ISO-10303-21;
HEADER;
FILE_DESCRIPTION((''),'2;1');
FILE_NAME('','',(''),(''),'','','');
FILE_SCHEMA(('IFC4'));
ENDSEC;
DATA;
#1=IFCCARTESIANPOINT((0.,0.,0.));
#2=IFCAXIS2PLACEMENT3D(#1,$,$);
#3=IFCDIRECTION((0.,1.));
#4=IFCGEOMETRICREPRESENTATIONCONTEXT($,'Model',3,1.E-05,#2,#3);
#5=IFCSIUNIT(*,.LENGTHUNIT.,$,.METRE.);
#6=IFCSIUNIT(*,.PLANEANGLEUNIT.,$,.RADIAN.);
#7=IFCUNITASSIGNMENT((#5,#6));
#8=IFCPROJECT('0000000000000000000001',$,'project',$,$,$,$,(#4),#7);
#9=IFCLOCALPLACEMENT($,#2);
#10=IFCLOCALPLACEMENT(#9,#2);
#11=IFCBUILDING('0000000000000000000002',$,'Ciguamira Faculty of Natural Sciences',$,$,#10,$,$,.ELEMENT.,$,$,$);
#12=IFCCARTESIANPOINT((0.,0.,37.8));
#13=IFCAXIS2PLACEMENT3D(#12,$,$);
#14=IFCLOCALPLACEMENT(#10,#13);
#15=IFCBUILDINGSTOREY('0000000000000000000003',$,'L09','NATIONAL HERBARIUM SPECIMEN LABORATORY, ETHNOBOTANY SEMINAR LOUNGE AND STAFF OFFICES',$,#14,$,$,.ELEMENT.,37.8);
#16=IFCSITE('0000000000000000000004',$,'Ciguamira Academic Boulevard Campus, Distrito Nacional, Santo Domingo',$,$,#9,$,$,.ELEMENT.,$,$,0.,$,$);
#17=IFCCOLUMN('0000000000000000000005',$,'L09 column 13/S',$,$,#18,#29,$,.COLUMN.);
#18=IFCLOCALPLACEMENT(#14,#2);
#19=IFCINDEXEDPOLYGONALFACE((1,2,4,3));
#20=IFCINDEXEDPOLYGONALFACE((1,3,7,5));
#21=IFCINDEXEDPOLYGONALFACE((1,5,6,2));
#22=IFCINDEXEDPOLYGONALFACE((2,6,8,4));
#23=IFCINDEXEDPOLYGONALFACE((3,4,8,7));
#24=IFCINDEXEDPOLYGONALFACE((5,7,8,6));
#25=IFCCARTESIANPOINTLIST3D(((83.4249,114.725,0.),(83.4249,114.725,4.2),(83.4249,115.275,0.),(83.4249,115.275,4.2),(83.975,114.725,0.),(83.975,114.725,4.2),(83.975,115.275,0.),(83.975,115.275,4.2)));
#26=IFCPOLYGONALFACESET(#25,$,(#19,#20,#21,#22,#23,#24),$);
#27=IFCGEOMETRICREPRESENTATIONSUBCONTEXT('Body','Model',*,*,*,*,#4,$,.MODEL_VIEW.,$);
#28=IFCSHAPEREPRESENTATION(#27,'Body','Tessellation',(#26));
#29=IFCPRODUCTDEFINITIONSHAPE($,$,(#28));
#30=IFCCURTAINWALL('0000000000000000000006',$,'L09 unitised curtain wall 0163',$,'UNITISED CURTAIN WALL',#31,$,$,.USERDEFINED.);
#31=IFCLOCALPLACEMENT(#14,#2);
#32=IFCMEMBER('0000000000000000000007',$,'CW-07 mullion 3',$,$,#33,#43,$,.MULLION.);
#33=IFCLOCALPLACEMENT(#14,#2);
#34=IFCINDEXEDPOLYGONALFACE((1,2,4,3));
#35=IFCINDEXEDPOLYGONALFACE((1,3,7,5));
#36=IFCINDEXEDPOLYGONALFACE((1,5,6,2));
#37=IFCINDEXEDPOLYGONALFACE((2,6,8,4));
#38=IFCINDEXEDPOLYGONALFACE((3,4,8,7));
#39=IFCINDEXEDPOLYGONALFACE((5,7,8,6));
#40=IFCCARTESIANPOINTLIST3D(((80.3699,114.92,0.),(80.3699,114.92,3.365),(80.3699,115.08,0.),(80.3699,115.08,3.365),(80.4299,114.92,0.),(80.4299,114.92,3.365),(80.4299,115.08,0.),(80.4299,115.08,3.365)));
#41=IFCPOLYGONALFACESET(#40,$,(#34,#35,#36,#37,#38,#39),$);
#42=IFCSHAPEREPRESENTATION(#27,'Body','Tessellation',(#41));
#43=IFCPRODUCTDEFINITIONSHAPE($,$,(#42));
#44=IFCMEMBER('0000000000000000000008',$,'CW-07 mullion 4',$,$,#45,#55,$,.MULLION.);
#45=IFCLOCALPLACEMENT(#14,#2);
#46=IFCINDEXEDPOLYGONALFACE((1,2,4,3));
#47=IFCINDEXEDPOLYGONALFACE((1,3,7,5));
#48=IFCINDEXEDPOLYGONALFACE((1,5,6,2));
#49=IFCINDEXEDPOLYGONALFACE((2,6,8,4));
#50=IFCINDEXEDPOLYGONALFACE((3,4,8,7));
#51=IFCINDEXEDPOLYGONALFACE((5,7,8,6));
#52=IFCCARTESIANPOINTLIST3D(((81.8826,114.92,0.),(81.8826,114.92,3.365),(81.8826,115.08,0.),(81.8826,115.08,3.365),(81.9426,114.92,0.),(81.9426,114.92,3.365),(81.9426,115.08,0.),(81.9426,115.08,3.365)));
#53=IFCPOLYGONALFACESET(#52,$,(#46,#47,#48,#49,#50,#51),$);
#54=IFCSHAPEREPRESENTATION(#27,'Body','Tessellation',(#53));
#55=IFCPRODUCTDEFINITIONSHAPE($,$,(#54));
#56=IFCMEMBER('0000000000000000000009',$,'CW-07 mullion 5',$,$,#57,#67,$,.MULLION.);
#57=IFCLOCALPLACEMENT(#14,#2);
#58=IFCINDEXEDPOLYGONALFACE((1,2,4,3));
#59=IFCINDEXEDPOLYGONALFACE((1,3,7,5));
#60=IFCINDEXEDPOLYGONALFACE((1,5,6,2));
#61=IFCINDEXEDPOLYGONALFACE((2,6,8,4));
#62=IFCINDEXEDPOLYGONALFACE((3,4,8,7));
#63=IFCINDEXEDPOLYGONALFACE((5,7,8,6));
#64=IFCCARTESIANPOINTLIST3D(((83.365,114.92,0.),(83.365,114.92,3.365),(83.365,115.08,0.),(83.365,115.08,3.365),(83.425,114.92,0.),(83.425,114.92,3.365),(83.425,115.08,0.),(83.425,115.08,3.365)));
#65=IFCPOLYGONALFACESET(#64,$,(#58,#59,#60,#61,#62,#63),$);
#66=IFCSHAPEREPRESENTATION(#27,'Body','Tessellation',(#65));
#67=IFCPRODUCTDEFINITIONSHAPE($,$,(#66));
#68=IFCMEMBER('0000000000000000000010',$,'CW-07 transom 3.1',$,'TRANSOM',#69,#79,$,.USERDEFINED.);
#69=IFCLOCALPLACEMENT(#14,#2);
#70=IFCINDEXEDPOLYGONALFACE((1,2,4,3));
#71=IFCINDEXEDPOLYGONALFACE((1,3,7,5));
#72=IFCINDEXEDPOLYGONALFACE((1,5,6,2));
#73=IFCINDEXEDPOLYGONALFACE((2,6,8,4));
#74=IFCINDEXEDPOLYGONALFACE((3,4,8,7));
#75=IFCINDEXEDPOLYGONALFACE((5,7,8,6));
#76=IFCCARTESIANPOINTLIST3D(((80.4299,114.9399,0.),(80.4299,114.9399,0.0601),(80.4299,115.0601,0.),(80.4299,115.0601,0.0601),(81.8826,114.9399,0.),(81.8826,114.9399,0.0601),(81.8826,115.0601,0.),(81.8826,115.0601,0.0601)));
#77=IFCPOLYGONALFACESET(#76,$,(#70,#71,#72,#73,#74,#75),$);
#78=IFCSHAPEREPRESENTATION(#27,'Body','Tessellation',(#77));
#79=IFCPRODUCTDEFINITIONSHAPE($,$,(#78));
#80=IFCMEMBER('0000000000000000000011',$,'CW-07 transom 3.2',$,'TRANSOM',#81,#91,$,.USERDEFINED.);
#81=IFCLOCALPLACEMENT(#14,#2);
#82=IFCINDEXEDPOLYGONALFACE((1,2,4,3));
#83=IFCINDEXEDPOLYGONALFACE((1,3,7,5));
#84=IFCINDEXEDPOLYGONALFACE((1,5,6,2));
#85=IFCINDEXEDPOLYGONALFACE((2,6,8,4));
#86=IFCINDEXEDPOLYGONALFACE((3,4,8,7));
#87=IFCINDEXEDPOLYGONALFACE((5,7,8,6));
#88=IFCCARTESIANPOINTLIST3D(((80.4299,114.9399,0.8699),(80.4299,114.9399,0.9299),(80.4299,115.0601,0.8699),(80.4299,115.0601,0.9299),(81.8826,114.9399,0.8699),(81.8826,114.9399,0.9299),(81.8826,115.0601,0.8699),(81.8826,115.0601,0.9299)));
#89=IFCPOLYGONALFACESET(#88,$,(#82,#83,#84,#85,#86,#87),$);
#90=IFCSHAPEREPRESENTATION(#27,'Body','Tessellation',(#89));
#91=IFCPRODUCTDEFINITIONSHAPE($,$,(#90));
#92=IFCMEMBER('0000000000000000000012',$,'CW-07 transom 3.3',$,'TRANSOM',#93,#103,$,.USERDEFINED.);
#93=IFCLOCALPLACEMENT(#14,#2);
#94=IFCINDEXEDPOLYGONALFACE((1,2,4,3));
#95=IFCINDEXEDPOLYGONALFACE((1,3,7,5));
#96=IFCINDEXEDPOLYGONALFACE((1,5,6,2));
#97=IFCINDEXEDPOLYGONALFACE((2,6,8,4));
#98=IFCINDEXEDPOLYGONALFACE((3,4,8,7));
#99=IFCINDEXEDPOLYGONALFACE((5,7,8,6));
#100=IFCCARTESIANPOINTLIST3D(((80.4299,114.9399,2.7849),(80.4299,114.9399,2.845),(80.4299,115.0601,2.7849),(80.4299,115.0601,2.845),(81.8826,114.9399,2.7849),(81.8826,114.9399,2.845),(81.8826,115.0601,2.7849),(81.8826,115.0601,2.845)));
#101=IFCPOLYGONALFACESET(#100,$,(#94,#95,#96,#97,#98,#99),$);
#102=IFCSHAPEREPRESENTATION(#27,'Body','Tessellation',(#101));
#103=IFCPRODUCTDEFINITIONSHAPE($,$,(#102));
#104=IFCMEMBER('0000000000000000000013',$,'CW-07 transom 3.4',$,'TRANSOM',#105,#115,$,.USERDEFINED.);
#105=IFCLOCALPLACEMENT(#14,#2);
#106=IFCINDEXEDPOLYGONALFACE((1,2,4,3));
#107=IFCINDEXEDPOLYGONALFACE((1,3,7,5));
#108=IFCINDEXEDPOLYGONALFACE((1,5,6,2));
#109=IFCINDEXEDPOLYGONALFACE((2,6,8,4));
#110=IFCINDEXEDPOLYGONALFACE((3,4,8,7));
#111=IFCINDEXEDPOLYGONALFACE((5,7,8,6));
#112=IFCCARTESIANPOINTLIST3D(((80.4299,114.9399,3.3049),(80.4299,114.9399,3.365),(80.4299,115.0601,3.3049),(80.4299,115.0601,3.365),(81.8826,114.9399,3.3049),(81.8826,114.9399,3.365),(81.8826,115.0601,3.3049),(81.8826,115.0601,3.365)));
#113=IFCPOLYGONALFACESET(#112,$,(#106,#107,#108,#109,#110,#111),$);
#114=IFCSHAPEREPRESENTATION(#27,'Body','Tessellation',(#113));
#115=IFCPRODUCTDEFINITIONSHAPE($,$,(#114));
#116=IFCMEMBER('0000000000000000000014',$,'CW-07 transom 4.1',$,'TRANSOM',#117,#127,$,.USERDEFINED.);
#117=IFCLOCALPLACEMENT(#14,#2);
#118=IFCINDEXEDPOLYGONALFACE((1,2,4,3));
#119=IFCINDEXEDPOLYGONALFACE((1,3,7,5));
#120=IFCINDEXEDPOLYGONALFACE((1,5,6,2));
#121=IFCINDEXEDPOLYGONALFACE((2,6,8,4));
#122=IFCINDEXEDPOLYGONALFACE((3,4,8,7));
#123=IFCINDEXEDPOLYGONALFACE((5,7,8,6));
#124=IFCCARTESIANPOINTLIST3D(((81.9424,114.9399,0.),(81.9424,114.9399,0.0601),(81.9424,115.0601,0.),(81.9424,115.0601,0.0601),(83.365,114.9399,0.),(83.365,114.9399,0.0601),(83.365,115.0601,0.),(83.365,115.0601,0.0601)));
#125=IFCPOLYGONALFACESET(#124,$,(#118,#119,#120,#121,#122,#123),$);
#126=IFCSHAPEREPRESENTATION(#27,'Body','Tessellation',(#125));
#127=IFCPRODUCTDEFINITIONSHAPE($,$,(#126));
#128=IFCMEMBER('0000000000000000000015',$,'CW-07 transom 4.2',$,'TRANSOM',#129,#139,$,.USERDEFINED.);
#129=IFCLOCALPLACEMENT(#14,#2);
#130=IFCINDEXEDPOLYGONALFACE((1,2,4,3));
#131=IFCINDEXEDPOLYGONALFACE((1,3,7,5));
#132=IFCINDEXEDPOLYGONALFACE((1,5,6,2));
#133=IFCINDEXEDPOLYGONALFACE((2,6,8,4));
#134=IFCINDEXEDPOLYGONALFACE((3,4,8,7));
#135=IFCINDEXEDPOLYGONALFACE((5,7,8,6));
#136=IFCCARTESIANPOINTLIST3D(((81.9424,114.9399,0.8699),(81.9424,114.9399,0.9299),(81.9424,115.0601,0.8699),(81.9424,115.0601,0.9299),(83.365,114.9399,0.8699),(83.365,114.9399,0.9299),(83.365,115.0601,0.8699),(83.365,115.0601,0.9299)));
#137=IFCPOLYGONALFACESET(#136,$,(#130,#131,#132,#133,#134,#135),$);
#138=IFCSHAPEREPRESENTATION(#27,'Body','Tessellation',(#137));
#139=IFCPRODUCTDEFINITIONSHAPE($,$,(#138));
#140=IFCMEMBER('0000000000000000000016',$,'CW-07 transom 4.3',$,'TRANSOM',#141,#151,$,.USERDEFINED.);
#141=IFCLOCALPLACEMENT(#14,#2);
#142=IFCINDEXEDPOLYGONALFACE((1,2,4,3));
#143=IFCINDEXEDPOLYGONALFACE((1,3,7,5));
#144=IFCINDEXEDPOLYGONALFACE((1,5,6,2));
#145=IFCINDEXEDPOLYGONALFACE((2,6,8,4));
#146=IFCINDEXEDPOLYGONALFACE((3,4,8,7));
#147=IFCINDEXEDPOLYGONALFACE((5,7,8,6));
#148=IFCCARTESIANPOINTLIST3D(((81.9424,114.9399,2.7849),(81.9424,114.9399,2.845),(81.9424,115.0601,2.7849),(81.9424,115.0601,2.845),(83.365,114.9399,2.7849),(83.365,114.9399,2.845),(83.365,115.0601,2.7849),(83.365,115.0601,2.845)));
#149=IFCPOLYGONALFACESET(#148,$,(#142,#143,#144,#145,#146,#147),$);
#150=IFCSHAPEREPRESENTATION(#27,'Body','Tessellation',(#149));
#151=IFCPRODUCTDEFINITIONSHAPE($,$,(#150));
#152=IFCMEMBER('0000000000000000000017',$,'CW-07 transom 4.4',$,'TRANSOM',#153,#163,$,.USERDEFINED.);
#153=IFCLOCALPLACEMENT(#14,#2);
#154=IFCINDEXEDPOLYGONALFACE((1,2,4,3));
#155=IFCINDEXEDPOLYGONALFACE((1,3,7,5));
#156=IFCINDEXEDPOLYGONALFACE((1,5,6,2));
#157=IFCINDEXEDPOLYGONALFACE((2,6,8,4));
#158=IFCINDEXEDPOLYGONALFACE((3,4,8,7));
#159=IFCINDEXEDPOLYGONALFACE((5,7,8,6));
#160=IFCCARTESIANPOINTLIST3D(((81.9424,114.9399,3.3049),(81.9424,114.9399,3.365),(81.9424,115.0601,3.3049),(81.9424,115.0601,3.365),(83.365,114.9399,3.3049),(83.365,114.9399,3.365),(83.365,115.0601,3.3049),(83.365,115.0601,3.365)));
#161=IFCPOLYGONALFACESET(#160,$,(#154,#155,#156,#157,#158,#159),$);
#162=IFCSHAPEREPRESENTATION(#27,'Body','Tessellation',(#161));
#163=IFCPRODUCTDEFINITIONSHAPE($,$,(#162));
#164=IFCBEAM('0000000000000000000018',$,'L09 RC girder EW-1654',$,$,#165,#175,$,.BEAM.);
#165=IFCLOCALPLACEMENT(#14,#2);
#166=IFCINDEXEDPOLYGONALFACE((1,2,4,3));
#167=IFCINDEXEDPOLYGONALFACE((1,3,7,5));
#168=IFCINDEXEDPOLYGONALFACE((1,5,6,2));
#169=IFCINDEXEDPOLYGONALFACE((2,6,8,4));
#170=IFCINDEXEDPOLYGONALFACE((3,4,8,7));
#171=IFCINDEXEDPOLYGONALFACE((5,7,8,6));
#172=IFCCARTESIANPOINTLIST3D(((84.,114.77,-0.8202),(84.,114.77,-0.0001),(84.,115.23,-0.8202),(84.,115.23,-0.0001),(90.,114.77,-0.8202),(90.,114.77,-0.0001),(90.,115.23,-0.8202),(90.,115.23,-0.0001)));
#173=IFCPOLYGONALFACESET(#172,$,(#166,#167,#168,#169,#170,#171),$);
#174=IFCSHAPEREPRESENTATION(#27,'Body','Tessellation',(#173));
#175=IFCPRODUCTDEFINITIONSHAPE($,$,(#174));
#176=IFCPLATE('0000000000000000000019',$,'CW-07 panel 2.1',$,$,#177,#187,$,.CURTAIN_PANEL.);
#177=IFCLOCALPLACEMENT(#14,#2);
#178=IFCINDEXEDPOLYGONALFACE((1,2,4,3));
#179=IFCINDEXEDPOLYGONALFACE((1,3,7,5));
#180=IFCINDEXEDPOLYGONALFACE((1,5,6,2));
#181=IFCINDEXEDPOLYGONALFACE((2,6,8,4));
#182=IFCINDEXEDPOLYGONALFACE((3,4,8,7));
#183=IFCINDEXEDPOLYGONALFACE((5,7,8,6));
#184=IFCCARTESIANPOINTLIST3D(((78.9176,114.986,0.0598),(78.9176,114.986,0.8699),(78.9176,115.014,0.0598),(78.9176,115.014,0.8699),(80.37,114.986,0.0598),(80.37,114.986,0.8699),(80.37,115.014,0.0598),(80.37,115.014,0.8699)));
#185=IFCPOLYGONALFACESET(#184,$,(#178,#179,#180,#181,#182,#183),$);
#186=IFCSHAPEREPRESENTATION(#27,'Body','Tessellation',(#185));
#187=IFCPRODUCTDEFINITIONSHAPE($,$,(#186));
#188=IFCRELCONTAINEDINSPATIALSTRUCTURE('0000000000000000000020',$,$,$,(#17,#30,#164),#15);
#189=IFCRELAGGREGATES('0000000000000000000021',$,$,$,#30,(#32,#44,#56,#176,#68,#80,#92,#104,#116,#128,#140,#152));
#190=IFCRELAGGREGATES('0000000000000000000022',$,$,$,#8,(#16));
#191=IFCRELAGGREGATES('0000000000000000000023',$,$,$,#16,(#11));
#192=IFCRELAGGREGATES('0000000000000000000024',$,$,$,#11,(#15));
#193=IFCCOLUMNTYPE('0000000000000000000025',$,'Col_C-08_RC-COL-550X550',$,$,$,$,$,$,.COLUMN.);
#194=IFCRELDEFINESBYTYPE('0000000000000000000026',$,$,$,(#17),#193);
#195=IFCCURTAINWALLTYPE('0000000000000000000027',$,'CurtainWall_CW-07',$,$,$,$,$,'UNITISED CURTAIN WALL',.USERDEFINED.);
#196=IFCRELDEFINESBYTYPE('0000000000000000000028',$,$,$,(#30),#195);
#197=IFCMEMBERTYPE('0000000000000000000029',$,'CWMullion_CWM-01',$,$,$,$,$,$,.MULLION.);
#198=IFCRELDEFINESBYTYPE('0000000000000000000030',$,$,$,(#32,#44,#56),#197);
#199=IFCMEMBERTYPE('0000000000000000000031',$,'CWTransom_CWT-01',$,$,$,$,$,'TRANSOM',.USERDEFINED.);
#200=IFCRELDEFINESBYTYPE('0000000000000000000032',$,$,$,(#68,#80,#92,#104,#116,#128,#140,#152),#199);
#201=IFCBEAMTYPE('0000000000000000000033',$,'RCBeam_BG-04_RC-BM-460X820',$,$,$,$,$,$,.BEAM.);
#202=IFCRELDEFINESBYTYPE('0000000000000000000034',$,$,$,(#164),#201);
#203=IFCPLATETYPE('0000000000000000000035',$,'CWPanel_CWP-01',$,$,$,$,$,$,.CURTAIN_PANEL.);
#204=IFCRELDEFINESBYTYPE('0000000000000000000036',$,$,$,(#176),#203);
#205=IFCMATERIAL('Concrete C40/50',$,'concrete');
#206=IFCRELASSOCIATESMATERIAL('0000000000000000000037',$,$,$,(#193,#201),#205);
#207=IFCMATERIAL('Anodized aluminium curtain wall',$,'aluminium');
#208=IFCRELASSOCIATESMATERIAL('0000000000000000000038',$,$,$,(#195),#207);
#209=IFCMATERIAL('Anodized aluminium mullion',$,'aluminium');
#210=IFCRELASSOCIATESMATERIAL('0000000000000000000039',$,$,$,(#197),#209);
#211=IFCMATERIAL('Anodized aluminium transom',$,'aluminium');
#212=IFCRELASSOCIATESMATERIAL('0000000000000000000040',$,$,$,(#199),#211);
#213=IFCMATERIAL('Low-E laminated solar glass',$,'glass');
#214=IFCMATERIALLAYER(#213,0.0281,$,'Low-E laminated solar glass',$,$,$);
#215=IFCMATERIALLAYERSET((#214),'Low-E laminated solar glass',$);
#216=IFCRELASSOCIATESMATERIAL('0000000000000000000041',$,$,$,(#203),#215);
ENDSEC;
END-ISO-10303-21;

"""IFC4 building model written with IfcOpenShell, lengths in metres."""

from ifc_helpers import new_model, si_unit, direction, frame, origin, origin_2d, place, context, subcontext, project, spatial, rectangle, extrude, material, layer, layer_set, material_profile, profile_set, type_object, element, aggregate, save


model = new_model("IFC4")

# Units and contexts
model_context = context("Model", 3, precision=1e-05, world=origin(), true_north=direction((0.0, 1.0)))
body_context = subcontext(model_context, "Body", "Model", "MODEL_VIEW")
ifc_project = project(units=[si_unit("LENGTHUNIT", "METRE"), si_unit("PLANEANGLEUNIT", "RADIAN")], contexts=[model_context])

# Site, building, storey
site_placement = place(None, origin())
site = spatial("IfcSite", under=ifc_project, at=site_placement, Name="Ciguamira Academic Boulevard Campus, Distrito Nacional, Santo Domingo", CompositionType="ELEMENT", RefElevation=0.0)
building_placement = place(site_placement, origin())
building = spatial("IfcBuilding", under=site, at=building_placement, Name="Ciguamira Faculty of Natural Sciences", CompositionType="ELEMENT")
storey_placement = place(building_placement, frame((0.0, 0.0, 37.8)))
storey = spatial("IfcBuildingStorey", under=building, at=storey_placement, Name="L09", Description="NATIONAL HERBARIUM SPECIMEN LABORATORY, ETHNOBOTANY SEMINAR LOUNGE AND STAFF OFFICES", CompositionType="ELEMENT", Elevation=37.8)

# Column
ifc_material_1 = material(Name="Concrete C40/50", Category="concrete")
ifc_material_profile_1 = material_profile(ifc_material_1, rectangle(XDim=0.55, YDim=0.55, at=origin_2d()), Name="RC-COL-550X550")
ifc_profile_set_1 = profile_set([ifc_material_profile_1], Name="Concrete C40/50")
column_type = type_object("IfcColumnType", Name="Col_C-08_RC-COL-550X550", PredefinedType="COLUMN", material=ifc_profile_set_1)
column_placement = place(storey_placement, frame((83.7, 115.0, 0.0), z_axis=(0.0, 0.0, 1.0), x_axis=(1.0, 0.0, 0.0)))
element("IfcColumn", 1, at=column_placement, inside=storey, type_object=column_type, Name="L09 column 13/S", PredefinedType="COLUMN", context=body_context, shape_type="SweptSolid", body=[
    extrude(rectangle(XDim=0.55, YDim=0.55, at=origin_2d()), origin(), (0.0, 0.0, 1.0), 4.2),
])

# Curtain wall, members
ifc_material_2 = material(Name="Anodized aluminium curtain wall", Category="aluminium")
curtain_wall_type = type_object("IfcCurtainWallType", Name="CurtainWall_CW-07", ElementType="UNITISED CURTAIN WALL", PredefinedType="USERDEFINED", material=ifc_material_2)
curtain_wall_placement = place(storey_placement, origin())
curtain_wall = element("IfcCurtainWall", 2, at=curtain_wall_placement, inside=storey, type_object=curtain_wall_type, Name="L09 unitised curtain wall 0163", ObjectType="UNITISED CURTAIN WALL", PredefinedType="USERDEFINED")
ifc_material_3 = material(Name="Anodized aluminium mullion", Category="aluminium")
ifc_material_profile_2 = material_profile(ifc_material_3, rectangle(XDim=0.0601, YDim=0.1599, at=origin_2d()), Name="ALU-MUL-60X160")
ifc_profile_set_2 = profile_set([ifc_material_profile_2], Name="Anodized aluminium mullion")
member_type_1 = type_object("IfcMemberType", Name="CWMullion_CWM-01", PredefinedType="MULLION", material=ifc_profile_set_2)
member_1_placement = place(storey_placement, frame((80.3999, 115.0, 0.0), z_axis=(0.0, 0.0, 1.0), x_axis=(1.0, 0.0, 0.0)))
member_1 = element("IfcMember", 3, at=member_1_placement, type_object=member_type_1, Name="CW-07 mullion 3", PredefinedType="MULLION", context=body_context, shape_type="SweptSolid", body=[
    extrude(rectangle(XDim=0.0601, YDim=0.1599, at=origin_2d()), origin(), (0.0, 0.0, 1.0), 3.365),
])
member_2_placement = place(storey_placement, frame((81.9126, 115.0, 0.0), z_axis=(0.0, 0.0, 1.0), x_axis=(1.0, 0.0, 0.0)))
member_2 = element("IfcMember", 4, at=member_2_placement, type_object=member_type_1, Name="CW-07 mullion 4", PredefinedType="MULLION", context=body_context, shape_type="SweptSolid", body=[
    extrude(rectangle(XDim=0.0601, YDim=0.1599, at=origin_2d()), origin(), (0.0, 0.0, 1.0), 3.365),
])
member_3_placement = place(storey_placement, frame((83.395, 115.0, 0.0), z_axis=(0.0, 0.0, 1.0), x_axis=(1.0, 0.0, 0.0)))
member_3 = element("IfcMember", 5, at=member_3_placement, type_object=member_type_1, Name="CW-07 mullion 5", PredefinedType="MULLION", context=body_context, shape_type="SweptSolid", body=[
    extrude(rectangle(XDim=0.0601, YDim=0.1599, at=origin_2d()), origin(), (0.0, 0.0, 1.0), 3.365),
])
ifc_material_4 = material(Name="Anodized aluminium transom", Category="aluminium")
ifc_material_profile_3 = material_profile(ifc_material_4, rectangle(XDim=0.0601, YDim=0.1201, at=origin_2d()), Name="ALU-TRN-60X120")
ifc_profile_set_3 = profile_set([ifc_material_profile_3], Name="Anodized aluminium transom")
member_type_2 = type_object("IfcMemberType", Name="CWTransom_CWT-01", ElementType="TRANSOM", PredefinedType="USERDEFINED", material=ifc_profile_set_3)
member_4_placement = place(storey_placement, frame((80.4299, 115.0, 0.03), z_axis=(1.0, 0.0, 0.0), x_axis=(0.0, 0.0, 1.0)))
member_4 = element("IfcMember", 6, at=member_4_placement, type_object=member_type_2, Name="CW-07 transom 3.1", ObjectType="TRANSOM", PredefinedType="USERDEFINED", context=body_context, shape_type="SweptSolid", body=[
    extrude(rectangle(XDim=0.0601, YDim=0.1201, at=origin_2d()), origin(), (0.0, 0.0, 1.0), 1.4526),
])
member_5_placement = place(storey_placement, frame((80.4299, 115.0, 0.8999), z_axis=(1.0, 0.0, 0.0), x_axis=(0.0, 0.0, 1.0)))
member_5 = element("IfcMember", 7, at=member_5_placement, type_object=member_type_2, Name="CW-07 transom 3.2", ObjectType="TRANSOM", PredefinedType="USERDEFINED", context=body_context, shape_type="SweptSolid", body=[
    extrude(rectangle(XDim=0.0601, YDim=0.1201, at=origin_2d()), origin(), (0.0, 0.0, 1.0), 1.4526),
])
member_6_placement = place(storey_placement, frame((80.4299, 115.0, 2.8149), z_axis=(1.0, 0.0, 0.0), x_axis=(0.0, 0.0, 1.0)))
member_6 = element("IfcMember", 8, at=member_6_placement, type_object=member_type_2, Name="CW-07 transom 3.3", ObjectType="TRANSOM", PredefinedType="USERDEFINED", context=body_context, shape_type="SweptSolid", body=[
    extrude(rectangle(XDim=0.0601, YDim=0.1201, at=origin_2d()), origin(), (0.0, 0.0, 1.0), 1.4526),
])
member_7_placement = place(storey_placement, frame((80.4299, 115.0, 3.335), z_axis=(1.0, 0.0, 0.0), x_axis=(0.0, 0.0, 1.0)))
member_7 = element("IfcMember", 9, at=member_7_placement, type_object=member_type_2, Name="CW-07 transom 3.4", ObjectType="TRANSOM", PredefinedType="USERDEFINED", context=body_context, shape_type="SweptSolid", body=[
    extrude(rectangle(XDim=0.0601, YDim=0.1201, at=origin_2d()), origin(), (0.0, 0.0, 1.0), 1.4526),
])
member_8_placement = place(storey_placement, frame((81.9424, 115.0, 0.03), z_axis=(1.0, 0.0, 0.0), x_axis=(0.0, 0.0, 1.0)))
member_8 = element("IfcMember", 10, at=member_8_placement, type_object=member_type_2, Name="CW-07 transom 4.1", ObjectType="TRANSOM", PredefinedType="USERDEFINED", context=body_context, shape_type="SweptSolid", body=[
    extrude(rectangle(XDim=0.0601, YDim=0.1201, at=origin_2d()), origin(), (0.0, 0.0, 1.0), 1.4226),
])
member_9_placement = place(storey_placement, frame((81.9424, 115.0, 0.8999), z_axis=(1.0, 0.0, 0.0), x_axis=(0.0, 0.0, 1.0)))
member_9 = element("IfcMember", 11, at=member_9_placement, type_object=member_type_2, Name="CW-07 transom 4.2", ObjectType="TRANSOM", PredefinedType="USERDEFINED", context=body_context, shape_type="SweptSolid", body=[
    extrude(rectangle(XDim=0.0601, YDim=0.1201, at=origin_2d()), origin(), (0.0, 0.0, 1.0), 1.4226),
])
member_10_placement = place(storey_placement, frame((81.9424, 115.0, 2.8149), z_axis=(1.0, 0.0, 0.0), x_axis=(0.0, 0.0, 1.0)))
member_10 = element("IfcMember", 12, at=member_10_placement, type_object=member_type_2, Name="CW-07 transom 4.3", ObjectType="TRANSOM", PredefinedType="USERDEFINED", context=body_context, shape_type="SweptSolid", body=[
    extrude(rectangle(XDim=0.0601, YDim=0.1201, at=origin_2d()), origin(), (0.0, 0.0, 1.0), 1.4226),
])
member_11_placement = place(storey_placement, frame((81.9424, 115.0, 3.335), z_axis=(1.0, 0.0, 0.0), x_axis=(0.0, 0.0, 1.0)))
member_11 = element("IfcMember", 13, at=member_11_placement, type_object=member_type_2, Name="CW-07 transom 4.4", ObjectType="TRANSOM", PredefinedType="USERDEFINED", context=body_context, shape_type="SweptSolid", body=[
    extrude(rectangle(XDim=0.0601, YDim=0.1201, at=origin_2d()), origin(), (0.0, 0.0, 1.0), 1.4226),
])

# Beam
ifc_material_profile_4 = material_profile(ifc_material_1, rectangle(XDim=0.46, YDim=0.8201, at=origin_2d()), Name="RC-BM-460X820")
ifc_profile_set_4 = profile_set([ifc_material_profile_4], Name="Concrete C40/50")
beam_type = type_object("IfcBeamType", Name="RCBeam_BG-04_RC-BM-460X820", PredefinedType="BEAM", material=ifc_profile_set_4)
beam_placement = place(storey_placement, frame((84.0, 115.0, -0.4102), z_axis=(1.0, 0.0, 0.0), x_axis=(0.0, 1.0, 0.0)))
element("IfcBeam", 14, at=beam_placement, inside=storey, type_object=beam_type, Name="L09 RC girder EW-1654", PredefinedType="BEAM", context=body_context, shape_type="SweptSolid", body=[
    extrude(rectangle(XDim=0.46, YDim=0.8201, at=origin_2d()), origin(), (0.0, 0.0, 1.0), 6.0),
])

# Plate
ifc_material_5 = material(Name="Low-E laminated solar glass", Category="glass")
ifc_layer_1 = layer(ifc_material_5, 0.0281, Name="Low-E laminated solar glass")
ifc_layer_set_1 = layer_set([ifc_layer_1], Name="Low-E laminated solar glass")
plate_type = type_object("IfcPlateType", Name="CWPanel_CWP-01", PredefinedType="CURTAIN_PANEL", material=ifc_layer_set_1)
plate_1_placement = place(storey_placement, frame((79.6438, 115.0, 0.0598), z_axis=(0.0, 0.0, 1.0), x_axis=(1.0, 0.0, 0.0)))
plate_1 = element("IfcPlate", 15, at=plate_1_placement, type_object=plate_type, Name="CW-07 panel 2.1", PredefinedType="CURTAIN_PANEL", context=body_context, shape_type="SweptSolid", body=[
    extrude(rectangle(XDim=1.4524, YDim=0.0281, at=origin_2d()), origin(), (0.0, 0.0, 1.0), 0.8101),
])
aggregate(curtain_wall, [member_1, member_2, member_3, plate_1, member_4, member_5, member_6, member_7, member_8, member_9, member_10, member_11])

save(model, "model.ifc")
